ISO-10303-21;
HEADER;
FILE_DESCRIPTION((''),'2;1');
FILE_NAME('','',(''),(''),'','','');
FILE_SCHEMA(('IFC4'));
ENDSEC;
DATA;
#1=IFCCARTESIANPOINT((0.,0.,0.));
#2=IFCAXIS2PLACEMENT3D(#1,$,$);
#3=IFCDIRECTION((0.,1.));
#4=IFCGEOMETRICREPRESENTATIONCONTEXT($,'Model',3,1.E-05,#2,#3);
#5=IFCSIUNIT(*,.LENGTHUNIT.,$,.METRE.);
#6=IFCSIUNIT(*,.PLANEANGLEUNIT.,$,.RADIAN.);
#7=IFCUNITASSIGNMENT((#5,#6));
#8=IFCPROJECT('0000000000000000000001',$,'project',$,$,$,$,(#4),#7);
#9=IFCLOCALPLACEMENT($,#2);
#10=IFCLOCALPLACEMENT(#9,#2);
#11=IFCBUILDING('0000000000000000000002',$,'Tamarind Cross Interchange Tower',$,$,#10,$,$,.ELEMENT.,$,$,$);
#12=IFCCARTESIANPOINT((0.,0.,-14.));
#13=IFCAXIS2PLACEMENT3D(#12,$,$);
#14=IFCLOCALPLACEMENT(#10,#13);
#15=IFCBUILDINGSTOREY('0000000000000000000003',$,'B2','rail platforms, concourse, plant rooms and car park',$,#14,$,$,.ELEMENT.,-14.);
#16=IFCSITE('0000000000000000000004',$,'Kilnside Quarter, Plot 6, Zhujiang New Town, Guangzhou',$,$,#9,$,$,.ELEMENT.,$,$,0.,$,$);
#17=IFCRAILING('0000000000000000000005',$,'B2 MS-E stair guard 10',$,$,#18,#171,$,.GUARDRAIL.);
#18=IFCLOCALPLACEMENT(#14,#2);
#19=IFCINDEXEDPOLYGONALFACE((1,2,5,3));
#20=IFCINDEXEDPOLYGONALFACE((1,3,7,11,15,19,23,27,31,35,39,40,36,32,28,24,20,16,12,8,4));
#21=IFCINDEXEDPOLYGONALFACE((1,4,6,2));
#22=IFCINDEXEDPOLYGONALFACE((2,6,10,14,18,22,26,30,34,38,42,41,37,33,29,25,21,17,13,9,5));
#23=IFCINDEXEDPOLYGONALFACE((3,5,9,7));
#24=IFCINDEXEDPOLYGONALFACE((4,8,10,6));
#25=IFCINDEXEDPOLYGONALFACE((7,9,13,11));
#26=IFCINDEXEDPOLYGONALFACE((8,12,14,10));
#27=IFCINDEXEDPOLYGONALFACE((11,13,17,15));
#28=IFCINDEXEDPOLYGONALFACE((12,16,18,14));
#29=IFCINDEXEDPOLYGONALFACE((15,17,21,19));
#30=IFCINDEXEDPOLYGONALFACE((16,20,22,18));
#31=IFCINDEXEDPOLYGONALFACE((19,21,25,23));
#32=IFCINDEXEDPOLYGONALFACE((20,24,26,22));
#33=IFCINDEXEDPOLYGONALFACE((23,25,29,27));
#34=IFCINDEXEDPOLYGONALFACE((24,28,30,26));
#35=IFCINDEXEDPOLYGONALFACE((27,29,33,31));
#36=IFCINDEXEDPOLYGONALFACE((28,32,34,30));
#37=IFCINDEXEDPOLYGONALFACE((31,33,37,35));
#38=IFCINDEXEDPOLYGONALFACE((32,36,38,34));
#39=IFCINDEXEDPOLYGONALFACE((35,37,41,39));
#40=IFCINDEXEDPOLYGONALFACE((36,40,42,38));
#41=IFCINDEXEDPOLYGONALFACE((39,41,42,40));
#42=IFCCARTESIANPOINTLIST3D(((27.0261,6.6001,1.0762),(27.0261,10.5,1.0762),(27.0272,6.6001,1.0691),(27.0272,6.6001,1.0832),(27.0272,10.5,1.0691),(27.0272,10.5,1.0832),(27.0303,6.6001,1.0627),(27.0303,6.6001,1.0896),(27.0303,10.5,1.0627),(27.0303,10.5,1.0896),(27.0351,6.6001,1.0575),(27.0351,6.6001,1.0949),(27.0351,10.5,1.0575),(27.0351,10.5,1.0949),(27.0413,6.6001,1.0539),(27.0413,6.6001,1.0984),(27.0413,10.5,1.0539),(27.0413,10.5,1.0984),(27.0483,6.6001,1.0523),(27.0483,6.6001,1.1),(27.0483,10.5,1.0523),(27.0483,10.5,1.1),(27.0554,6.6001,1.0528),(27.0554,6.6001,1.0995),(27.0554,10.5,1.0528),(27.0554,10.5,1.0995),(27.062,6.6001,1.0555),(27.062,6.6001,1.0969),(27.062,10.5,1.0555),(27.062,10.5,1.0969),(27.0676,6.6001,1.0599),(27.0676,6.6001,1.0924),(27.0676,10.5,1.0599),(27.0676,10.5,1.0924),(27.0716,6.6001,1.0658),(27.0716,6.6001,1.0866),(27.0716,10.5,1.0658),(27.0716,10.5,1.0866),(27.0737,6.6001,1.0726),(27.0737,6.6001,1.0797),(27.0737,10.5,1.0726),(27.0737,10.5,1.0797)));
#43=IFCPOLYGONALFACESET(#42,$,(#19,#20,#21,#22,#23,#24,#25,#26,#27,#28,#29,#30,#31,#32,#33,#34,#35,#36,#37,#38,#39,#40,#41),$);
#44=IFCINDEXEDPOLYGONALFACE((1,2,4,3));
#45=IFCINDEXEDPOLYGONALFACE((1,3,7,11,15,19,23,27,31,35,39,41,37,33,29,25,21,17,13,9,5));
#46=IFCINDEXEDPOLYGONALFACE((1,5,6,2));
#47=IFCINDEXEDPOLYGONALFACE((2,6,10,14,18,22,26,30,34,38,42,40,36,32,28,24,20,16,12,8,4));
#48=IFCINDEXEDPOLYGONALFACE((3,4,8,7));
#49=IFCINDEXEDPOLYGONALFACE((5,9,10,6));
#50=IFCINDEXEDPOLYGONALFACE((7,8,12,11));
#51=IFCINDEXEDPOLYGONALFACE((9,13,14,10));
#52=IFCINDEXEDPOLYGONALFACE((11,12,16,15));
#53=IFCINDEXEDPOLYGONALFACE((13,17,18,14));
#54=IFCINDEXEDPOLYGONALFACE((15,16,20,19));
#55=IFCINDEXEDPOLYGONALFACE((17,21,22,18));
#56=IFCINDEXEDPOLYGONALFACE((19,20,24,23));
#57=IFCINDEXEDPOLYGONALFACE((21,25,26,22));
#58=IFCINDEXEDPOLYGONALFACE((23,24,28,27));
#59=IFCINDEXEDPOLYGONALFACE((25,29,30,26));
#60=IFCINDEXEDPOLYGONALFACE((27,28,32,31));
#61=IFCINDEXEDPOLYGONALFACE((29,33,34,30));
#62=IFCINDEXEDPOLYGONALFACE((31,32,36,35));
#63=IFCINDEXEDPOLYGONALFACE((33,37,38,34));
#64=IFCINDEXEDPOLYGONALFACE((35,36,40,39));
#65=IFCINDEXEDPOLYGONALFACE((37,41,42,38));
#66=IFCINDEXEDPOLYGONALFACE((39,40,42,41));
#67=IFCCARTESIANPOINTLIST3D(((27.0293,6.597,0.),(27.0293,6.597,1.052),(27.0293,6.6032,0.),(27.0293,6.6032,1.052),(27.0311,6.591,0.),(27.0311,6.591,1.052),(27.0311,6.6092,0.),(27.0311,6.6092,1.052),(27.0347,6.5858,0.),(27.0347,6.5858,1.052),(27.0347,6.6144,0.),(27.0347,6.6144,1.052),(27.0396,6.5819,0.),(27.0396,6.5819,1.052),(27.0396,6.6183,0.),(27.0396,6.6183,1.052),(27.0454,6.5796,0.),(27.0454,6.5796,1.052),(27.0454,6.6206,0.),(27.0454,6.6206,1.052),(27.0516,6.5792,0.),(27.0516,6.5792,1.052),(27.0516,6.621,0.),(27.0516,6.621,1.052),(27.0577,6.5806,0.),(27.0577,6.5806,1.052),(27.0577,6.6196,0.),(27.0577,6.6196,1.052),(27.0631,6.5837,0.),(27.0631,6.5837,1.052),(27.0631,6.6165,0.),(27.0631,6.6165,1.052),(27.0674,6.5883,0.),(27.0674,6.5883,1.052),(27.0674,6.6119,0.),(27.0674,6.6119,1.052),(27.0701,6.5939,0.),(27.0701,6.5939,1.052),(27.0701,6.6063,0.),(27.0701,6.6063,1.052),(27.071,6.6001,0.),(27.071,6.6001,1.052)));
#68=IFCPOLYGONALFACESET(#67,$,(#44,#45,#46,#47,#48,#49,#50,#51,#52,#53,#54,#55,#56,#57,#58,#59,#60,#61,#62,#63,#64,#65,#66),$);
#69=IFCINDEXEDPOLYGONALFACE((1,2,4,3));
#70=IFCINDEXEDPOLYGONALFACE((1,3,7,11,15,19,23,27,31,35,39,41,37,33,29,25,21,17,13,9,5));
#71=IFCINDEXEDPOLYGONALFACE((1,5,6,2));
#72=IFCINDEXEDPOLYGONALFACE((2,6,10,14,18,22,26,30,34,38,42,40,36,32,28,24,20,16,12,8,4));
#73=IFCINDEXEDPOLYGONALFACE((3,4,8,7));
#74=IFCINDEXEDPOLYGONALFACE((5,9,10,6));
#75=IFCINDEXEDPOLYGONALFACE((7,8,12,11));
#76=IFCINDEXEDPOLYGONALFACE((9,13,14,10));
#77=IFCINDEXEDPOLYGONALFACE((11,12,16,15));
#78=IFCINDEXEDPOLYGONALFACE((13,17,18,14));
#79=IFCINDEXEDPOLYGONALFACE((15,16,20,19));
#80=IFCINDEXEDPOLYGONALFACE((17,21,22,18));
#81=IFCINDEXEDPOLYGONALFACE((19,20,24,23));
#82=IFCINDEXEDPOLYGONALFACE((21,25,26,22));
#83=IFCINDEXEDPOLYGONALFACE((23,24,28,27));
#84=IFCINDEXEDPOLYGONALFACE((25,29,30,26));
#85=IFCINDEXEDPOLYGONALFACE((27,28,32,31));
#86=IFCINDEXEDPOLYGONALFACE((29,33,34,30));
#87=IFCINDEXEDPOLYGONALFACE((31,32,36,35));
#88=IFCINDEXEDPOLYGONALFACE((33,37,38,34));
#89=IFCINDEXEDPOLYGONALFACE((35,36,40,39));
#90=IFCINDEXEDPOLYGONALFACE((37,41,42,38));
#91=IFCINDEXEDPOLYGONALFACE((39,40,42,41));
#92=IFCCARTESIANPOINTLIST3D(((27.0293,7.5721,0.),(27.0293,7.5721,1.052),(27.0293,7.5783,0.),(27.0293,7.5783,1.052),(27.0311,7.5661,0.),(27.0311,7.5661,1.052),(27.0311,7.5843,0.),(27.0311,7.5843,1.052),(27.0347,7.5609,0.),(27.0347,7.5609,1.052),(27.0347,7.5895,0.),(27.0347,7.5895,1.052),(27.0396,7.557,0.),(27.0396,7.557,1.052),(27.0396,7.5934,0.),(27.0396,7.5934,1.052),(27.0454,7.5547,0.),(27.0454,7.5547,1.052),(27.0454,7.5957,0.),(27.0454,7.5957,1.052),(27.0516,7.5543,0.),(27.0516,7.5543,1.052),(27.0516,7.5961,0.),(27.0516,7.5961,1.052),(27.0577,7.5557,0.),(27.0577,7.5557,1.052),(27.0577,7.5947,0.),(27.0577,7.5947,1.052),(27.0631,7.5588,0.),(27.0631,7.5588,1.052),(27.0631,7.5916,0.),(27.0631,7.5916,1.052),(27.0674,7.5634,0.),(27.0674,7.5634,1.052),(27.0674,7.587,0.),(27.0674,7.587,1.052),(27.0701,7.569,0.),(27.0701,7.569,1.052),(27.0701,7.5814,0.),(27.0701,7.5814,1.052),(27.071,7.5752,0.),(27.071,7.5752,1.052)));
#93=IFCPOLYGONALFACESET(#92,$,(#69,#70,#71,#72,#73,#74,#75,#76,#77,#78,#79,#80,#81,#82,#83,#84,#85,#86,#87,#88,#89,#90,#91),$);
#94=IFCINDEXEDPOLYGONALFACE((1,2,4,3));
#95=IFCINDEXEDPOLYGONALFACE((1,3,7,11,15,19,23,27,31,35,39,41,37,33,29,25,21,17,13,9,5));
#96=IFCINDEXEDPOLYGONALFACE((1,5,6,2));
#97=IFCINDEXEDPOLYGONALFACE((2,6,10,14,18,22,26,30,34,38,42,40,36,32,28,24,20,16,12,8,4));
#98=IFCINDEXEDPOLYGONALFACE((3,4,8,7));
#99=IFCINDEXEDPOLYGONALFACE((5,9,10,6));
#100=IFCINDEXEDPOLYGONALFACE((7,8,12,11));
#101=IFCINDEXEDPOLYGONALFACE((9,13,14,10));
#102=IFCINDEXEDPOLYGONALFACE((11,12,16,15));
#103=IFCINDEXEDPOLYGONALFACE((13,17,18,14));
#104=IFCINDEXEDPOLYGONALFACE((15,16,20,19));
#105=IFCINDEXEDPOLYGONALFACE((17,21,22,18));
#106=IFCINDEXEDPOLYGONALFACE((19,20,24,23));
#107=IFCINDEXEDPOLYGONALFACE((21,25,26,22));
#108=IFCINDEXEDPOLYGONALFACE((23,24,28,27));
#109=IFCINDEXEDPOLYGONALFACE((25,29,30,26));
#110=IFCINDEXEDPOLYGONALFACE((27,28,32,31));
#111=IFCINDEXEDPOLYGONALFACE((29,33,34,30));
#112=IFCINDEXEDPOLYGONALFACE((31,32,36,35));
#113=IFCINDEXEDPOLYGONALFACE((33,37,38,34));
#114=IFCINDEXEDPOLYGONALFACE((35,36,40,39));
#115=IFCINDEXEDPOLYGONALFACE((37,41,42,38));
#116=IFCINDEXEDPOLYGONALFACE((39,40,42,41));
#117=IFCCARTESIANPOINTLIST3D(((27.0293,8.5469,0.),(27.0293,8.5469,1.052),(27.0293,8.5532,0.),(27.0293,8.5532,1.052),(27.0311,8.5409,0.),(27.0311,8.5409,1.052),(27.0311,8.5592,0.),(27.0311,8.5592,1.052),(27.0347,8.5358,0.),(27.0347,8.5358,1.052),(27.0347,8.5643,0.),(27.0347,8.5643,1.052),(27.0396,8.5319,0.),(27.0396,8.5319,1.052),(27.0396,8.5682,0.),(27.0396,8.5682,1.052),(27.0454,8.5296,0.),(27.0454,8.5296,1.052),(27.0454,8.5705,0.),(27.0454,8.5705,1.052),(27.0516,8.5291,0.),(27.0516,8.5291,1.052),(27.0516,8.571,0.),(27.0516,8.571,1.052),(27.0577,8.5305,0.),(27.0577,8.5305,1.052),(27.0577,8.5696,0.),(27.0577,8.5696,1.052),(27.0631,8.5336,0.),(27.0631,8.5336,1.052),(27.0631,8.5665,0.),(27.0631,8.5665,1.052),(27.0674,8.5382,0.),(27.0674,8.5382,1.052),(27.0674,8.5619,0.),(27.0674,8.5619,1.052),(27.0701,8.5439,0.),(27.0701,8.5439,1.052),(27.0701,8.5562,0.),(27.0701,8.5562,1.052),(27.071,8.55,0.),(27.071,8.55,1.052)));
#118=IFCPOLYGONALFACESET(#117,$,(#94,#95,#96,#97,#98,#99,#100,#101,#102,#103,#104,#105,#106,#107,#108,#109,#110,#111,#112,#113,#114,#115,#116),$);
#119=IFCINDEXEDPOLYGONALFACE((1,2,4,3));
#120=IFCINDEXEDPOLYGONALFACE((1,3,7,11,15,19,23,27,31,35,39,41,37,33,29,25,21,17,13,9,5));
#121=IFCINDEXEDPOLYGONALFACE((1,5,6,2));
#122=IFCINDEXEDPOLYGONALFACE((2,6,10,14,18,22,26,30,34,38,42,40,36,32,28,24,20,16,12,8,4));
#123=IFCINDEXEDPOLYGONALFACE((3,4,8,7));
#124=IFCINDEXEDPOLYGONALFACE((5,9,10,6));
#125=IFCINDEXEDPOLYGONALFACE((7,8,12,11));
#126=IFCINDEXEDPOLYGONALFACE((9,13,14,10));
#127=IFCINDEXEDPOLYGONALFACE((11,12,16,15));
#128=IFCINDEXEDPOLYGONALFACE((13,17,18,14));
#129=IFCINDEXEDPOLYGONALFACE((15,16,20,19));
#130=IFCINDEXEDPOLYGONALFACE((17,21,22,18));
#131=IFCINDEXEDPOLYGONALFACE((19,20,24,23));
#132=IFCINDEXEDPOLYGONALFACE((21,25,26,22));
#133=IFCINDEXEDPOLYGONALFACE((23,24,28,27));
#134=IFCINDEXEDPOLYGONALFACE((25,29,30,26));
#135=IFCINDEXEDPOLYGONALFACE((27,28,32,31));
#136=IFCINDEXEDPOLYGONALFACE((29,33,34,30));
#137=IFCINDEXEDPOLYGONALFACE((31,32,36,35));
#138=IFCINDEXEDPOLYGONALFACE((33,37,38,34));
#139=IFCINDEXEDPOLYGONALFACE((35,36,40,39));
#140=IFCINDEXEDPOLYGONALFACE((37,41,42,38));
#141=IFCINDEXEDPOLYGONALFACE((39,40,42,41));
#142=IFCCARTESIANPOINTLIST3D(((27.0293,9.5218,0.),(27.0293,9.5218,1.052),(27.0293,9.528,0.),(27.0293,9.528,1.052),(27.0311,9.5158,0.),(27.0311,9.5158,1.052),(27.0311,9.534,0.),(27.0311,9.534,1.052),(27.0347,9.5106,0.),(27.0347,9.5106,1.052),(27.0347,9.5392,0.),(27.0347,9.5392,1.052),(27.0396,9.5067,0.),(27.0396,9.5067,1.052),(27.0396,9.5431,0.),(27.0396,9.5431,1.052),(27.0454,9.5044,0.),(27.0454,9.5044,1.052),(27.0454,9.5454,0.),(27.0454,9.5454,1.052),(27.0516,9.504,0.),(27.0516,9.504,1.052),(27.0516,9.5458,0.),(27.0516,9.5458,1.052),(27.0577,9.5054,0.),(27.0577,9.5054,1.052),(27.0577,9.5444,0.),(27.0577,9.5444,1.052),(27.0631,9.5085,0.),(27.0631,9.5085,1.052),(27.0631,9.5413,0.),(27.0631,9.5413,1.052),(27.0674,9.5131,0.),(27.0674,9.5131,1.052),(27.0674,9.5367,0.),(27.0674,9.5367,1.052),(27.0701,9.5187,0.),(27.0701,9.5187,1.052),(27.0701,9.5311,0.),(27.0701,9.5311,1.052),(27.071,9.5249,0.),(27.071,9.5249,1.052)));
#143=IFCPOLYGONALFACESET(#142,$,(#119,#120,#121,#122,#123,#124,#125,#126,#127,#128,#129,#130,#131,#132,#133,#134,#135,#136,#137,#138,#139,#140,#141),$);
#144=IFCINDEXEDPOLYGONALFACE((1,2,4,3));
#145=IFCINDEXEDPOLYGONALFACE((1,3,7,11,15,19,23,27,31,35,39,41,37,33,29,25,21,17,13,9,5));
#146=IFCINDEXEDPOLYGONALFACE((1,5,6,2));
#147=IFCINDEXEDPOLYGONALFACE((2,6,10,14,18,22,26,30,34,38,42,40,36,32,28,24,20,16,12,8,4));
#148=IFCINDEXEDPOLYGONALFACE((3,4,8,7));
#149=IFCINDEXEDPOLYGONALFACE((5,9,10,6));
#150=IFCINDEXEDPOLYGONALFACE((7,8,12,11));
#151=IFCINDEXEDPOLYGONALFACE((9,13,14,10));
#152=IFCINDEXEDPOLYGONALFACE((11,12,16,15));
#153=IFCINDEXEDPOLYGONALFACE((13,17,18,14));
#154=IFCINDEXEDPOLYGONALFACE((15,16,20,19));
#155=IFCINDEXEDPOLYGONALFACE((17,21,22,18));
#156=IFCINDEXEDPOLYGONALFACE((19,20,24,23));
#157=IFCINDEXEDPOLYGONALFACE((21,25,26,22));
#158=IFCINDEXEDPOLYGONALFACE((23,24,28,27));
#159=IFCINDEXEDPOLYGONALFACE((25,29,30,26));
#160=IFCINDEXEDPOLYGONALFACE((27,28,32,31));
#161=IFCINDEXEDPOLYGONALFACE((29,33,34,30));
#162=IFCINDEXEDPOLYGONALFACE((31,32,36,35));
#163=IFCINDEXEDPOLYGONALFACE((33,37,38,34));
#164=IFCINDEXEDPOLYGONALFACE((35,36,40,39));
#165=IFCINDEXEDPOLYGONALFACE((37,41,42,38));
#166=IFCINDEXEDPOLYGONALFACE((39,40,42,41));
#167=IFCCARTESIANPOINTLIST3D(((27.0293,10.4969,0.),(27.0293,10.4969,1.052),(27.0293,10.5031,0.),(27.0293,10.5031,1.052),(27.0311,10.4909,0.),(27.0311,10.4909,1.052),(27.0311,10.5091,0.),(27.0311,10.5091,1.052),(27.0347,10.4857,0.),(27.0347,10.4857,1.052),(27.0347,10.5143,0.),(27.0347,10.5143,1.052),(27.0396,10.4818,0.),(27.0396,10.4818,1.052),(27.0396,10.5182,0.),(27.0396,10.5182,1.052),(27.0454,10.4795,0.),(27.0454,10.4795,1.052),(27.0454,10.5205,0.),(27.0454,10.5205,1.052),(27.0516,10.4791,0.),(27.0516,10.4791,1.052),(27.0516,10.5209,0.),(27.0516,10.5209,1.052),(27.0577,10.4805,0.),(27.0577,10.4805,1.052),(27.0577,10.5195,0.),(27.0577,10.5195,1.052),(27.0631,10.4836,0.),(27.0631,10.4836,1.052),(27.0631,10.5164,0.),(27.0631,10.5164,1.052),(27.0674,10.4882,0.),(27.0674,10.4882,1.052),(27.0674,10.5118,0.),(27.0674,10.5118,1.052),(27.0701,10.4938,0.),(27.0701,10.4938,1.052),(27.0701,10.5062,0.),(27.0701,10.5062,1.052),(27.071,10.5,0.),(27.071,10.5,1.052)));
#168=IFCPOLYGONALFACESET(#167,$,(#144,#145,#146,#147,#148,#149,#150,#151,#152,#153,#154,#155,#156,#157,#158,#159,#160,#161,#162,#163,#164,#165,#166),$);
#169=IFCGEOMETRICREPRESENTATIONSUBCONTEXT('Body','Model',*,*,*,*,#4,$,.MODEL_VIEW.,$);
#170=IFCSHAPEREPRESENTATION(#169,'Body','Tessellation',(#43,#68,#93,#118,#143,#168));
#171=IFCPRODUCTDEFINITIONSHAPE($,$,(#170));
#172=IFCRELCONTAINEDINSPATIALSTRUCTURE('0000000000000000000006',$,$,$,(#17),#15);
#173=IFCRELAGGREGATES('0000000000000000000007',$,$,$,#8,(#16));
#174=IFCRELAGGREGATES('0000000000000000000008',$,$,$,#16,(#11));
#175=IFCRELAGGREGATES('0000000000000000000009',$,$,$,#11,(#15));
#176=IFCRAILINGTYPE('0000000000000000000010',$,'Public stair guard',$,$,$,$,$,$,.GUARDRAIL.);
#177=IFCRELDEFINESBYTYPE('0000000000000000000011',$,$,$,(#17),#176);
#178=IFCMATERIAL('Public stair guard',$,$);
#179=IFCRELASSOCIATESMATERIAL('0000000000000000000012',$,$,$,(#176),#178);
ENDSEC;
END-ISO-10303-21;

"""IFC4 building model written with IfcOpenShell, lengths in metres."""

from ifc_helpers import new_model, si_unit, direction, frame, origin, origin_2d, place, context, subcontext, project, spatial, circle, extrude, material, type_object, element, save


model = new_model("IFC4")

# Units and contexts
model_context = context("Model", 3, precision=1e-05, world=origin(), true_north=direction((0.0, 1.0)))
body_context = subcontext(model_context, "Body", "Model", "MODEL_VIEW")
ifc_project = project(units=[si_unit("LENGTHUNIT", "METRE"), si_unit("PLANEANGLEUNIT", "RADIAN")], contexts=[model_context])

# Site, building, storey
site_placement = place(None, origin())
site = spatial("IfcSite", under=ifc_project, at=site_placement, Name="Kilnside Quarter, Plot 6, Zhujiang New Town, Guangzhou", CompositionType="ELEMENT", RefElevation=0.0)
building_placement = place(site_placement, origin())
building = spatial("IfcBuilding", under=site, at=building_placement, Name="Tamarind Cross Interchange Tower", CompositionType="ELEMENT")
storey_placement = place(building_placement, frame((0.0, 0.0, -14.0)))
storey = spatial("IfcBuildingStorey", under=building, at=storey_placement, Name="B2", Description="rail platforms, concourse, plant rooms and car park", CompositionType="ELEMENT", Elevation=-14.0)

# Railing
ifc_material_1 = material(Name="Public stair guard")
railing_type_1 = type_object("IfcRailingType", Name="Public stair guard", PredefinedType="GUARDRAIL", material=ifc_material_1)
railing_1_placement = place(storey_placement, frame((27.05, 6.6001, 0.0)))
element("IfcRailing", 1, at=railing_1_placement, inside=storey, type_object=railing_type_1, Name="B2 MS-E stair guard 10", PredefinedType="GUARDRAIL", context=body_context, shape_type="SweptSolid", body=[
    extrude(circle(Radius=0.0239, at=origin_2d()), frame((0.0, 0.0, 1.0762), z_axis=(0.0, 1.0, 0.0), x_axis=(-1.0, 0.0, 0.0)), (0.0, 0.0, 1.0), 3.8999),
    extrude(circle(Radius=0.021, at=origin_2d()), origin(), (0.0, 0.0, 1.0), 1.052),
    extrude(circle(Radius=0.021, at=origin_2d()), frame((0.0, 0.9751, 0.0)), (0.0, 0.0, 1.0), 1.052),
    extrude(circle(Radius=0.021, at=origin_2d()), frame((0.0, 1.95, 0.0)), (0.0, 0.0, 1.0), 1.052),
    extrude(circle(Radius=0.021, at=origin_2d()), frame((0.0, 2.9248, 0.0)), (0.0, 0.0, 1.0), 1.052),
    extrude(circle(Radius=0.021, at=origin_2d()), frame((0.0, 3.8999, 0.0)), (0.0, 0.0, 1.0), 1.052),
])

save(model, "model.ifc")
